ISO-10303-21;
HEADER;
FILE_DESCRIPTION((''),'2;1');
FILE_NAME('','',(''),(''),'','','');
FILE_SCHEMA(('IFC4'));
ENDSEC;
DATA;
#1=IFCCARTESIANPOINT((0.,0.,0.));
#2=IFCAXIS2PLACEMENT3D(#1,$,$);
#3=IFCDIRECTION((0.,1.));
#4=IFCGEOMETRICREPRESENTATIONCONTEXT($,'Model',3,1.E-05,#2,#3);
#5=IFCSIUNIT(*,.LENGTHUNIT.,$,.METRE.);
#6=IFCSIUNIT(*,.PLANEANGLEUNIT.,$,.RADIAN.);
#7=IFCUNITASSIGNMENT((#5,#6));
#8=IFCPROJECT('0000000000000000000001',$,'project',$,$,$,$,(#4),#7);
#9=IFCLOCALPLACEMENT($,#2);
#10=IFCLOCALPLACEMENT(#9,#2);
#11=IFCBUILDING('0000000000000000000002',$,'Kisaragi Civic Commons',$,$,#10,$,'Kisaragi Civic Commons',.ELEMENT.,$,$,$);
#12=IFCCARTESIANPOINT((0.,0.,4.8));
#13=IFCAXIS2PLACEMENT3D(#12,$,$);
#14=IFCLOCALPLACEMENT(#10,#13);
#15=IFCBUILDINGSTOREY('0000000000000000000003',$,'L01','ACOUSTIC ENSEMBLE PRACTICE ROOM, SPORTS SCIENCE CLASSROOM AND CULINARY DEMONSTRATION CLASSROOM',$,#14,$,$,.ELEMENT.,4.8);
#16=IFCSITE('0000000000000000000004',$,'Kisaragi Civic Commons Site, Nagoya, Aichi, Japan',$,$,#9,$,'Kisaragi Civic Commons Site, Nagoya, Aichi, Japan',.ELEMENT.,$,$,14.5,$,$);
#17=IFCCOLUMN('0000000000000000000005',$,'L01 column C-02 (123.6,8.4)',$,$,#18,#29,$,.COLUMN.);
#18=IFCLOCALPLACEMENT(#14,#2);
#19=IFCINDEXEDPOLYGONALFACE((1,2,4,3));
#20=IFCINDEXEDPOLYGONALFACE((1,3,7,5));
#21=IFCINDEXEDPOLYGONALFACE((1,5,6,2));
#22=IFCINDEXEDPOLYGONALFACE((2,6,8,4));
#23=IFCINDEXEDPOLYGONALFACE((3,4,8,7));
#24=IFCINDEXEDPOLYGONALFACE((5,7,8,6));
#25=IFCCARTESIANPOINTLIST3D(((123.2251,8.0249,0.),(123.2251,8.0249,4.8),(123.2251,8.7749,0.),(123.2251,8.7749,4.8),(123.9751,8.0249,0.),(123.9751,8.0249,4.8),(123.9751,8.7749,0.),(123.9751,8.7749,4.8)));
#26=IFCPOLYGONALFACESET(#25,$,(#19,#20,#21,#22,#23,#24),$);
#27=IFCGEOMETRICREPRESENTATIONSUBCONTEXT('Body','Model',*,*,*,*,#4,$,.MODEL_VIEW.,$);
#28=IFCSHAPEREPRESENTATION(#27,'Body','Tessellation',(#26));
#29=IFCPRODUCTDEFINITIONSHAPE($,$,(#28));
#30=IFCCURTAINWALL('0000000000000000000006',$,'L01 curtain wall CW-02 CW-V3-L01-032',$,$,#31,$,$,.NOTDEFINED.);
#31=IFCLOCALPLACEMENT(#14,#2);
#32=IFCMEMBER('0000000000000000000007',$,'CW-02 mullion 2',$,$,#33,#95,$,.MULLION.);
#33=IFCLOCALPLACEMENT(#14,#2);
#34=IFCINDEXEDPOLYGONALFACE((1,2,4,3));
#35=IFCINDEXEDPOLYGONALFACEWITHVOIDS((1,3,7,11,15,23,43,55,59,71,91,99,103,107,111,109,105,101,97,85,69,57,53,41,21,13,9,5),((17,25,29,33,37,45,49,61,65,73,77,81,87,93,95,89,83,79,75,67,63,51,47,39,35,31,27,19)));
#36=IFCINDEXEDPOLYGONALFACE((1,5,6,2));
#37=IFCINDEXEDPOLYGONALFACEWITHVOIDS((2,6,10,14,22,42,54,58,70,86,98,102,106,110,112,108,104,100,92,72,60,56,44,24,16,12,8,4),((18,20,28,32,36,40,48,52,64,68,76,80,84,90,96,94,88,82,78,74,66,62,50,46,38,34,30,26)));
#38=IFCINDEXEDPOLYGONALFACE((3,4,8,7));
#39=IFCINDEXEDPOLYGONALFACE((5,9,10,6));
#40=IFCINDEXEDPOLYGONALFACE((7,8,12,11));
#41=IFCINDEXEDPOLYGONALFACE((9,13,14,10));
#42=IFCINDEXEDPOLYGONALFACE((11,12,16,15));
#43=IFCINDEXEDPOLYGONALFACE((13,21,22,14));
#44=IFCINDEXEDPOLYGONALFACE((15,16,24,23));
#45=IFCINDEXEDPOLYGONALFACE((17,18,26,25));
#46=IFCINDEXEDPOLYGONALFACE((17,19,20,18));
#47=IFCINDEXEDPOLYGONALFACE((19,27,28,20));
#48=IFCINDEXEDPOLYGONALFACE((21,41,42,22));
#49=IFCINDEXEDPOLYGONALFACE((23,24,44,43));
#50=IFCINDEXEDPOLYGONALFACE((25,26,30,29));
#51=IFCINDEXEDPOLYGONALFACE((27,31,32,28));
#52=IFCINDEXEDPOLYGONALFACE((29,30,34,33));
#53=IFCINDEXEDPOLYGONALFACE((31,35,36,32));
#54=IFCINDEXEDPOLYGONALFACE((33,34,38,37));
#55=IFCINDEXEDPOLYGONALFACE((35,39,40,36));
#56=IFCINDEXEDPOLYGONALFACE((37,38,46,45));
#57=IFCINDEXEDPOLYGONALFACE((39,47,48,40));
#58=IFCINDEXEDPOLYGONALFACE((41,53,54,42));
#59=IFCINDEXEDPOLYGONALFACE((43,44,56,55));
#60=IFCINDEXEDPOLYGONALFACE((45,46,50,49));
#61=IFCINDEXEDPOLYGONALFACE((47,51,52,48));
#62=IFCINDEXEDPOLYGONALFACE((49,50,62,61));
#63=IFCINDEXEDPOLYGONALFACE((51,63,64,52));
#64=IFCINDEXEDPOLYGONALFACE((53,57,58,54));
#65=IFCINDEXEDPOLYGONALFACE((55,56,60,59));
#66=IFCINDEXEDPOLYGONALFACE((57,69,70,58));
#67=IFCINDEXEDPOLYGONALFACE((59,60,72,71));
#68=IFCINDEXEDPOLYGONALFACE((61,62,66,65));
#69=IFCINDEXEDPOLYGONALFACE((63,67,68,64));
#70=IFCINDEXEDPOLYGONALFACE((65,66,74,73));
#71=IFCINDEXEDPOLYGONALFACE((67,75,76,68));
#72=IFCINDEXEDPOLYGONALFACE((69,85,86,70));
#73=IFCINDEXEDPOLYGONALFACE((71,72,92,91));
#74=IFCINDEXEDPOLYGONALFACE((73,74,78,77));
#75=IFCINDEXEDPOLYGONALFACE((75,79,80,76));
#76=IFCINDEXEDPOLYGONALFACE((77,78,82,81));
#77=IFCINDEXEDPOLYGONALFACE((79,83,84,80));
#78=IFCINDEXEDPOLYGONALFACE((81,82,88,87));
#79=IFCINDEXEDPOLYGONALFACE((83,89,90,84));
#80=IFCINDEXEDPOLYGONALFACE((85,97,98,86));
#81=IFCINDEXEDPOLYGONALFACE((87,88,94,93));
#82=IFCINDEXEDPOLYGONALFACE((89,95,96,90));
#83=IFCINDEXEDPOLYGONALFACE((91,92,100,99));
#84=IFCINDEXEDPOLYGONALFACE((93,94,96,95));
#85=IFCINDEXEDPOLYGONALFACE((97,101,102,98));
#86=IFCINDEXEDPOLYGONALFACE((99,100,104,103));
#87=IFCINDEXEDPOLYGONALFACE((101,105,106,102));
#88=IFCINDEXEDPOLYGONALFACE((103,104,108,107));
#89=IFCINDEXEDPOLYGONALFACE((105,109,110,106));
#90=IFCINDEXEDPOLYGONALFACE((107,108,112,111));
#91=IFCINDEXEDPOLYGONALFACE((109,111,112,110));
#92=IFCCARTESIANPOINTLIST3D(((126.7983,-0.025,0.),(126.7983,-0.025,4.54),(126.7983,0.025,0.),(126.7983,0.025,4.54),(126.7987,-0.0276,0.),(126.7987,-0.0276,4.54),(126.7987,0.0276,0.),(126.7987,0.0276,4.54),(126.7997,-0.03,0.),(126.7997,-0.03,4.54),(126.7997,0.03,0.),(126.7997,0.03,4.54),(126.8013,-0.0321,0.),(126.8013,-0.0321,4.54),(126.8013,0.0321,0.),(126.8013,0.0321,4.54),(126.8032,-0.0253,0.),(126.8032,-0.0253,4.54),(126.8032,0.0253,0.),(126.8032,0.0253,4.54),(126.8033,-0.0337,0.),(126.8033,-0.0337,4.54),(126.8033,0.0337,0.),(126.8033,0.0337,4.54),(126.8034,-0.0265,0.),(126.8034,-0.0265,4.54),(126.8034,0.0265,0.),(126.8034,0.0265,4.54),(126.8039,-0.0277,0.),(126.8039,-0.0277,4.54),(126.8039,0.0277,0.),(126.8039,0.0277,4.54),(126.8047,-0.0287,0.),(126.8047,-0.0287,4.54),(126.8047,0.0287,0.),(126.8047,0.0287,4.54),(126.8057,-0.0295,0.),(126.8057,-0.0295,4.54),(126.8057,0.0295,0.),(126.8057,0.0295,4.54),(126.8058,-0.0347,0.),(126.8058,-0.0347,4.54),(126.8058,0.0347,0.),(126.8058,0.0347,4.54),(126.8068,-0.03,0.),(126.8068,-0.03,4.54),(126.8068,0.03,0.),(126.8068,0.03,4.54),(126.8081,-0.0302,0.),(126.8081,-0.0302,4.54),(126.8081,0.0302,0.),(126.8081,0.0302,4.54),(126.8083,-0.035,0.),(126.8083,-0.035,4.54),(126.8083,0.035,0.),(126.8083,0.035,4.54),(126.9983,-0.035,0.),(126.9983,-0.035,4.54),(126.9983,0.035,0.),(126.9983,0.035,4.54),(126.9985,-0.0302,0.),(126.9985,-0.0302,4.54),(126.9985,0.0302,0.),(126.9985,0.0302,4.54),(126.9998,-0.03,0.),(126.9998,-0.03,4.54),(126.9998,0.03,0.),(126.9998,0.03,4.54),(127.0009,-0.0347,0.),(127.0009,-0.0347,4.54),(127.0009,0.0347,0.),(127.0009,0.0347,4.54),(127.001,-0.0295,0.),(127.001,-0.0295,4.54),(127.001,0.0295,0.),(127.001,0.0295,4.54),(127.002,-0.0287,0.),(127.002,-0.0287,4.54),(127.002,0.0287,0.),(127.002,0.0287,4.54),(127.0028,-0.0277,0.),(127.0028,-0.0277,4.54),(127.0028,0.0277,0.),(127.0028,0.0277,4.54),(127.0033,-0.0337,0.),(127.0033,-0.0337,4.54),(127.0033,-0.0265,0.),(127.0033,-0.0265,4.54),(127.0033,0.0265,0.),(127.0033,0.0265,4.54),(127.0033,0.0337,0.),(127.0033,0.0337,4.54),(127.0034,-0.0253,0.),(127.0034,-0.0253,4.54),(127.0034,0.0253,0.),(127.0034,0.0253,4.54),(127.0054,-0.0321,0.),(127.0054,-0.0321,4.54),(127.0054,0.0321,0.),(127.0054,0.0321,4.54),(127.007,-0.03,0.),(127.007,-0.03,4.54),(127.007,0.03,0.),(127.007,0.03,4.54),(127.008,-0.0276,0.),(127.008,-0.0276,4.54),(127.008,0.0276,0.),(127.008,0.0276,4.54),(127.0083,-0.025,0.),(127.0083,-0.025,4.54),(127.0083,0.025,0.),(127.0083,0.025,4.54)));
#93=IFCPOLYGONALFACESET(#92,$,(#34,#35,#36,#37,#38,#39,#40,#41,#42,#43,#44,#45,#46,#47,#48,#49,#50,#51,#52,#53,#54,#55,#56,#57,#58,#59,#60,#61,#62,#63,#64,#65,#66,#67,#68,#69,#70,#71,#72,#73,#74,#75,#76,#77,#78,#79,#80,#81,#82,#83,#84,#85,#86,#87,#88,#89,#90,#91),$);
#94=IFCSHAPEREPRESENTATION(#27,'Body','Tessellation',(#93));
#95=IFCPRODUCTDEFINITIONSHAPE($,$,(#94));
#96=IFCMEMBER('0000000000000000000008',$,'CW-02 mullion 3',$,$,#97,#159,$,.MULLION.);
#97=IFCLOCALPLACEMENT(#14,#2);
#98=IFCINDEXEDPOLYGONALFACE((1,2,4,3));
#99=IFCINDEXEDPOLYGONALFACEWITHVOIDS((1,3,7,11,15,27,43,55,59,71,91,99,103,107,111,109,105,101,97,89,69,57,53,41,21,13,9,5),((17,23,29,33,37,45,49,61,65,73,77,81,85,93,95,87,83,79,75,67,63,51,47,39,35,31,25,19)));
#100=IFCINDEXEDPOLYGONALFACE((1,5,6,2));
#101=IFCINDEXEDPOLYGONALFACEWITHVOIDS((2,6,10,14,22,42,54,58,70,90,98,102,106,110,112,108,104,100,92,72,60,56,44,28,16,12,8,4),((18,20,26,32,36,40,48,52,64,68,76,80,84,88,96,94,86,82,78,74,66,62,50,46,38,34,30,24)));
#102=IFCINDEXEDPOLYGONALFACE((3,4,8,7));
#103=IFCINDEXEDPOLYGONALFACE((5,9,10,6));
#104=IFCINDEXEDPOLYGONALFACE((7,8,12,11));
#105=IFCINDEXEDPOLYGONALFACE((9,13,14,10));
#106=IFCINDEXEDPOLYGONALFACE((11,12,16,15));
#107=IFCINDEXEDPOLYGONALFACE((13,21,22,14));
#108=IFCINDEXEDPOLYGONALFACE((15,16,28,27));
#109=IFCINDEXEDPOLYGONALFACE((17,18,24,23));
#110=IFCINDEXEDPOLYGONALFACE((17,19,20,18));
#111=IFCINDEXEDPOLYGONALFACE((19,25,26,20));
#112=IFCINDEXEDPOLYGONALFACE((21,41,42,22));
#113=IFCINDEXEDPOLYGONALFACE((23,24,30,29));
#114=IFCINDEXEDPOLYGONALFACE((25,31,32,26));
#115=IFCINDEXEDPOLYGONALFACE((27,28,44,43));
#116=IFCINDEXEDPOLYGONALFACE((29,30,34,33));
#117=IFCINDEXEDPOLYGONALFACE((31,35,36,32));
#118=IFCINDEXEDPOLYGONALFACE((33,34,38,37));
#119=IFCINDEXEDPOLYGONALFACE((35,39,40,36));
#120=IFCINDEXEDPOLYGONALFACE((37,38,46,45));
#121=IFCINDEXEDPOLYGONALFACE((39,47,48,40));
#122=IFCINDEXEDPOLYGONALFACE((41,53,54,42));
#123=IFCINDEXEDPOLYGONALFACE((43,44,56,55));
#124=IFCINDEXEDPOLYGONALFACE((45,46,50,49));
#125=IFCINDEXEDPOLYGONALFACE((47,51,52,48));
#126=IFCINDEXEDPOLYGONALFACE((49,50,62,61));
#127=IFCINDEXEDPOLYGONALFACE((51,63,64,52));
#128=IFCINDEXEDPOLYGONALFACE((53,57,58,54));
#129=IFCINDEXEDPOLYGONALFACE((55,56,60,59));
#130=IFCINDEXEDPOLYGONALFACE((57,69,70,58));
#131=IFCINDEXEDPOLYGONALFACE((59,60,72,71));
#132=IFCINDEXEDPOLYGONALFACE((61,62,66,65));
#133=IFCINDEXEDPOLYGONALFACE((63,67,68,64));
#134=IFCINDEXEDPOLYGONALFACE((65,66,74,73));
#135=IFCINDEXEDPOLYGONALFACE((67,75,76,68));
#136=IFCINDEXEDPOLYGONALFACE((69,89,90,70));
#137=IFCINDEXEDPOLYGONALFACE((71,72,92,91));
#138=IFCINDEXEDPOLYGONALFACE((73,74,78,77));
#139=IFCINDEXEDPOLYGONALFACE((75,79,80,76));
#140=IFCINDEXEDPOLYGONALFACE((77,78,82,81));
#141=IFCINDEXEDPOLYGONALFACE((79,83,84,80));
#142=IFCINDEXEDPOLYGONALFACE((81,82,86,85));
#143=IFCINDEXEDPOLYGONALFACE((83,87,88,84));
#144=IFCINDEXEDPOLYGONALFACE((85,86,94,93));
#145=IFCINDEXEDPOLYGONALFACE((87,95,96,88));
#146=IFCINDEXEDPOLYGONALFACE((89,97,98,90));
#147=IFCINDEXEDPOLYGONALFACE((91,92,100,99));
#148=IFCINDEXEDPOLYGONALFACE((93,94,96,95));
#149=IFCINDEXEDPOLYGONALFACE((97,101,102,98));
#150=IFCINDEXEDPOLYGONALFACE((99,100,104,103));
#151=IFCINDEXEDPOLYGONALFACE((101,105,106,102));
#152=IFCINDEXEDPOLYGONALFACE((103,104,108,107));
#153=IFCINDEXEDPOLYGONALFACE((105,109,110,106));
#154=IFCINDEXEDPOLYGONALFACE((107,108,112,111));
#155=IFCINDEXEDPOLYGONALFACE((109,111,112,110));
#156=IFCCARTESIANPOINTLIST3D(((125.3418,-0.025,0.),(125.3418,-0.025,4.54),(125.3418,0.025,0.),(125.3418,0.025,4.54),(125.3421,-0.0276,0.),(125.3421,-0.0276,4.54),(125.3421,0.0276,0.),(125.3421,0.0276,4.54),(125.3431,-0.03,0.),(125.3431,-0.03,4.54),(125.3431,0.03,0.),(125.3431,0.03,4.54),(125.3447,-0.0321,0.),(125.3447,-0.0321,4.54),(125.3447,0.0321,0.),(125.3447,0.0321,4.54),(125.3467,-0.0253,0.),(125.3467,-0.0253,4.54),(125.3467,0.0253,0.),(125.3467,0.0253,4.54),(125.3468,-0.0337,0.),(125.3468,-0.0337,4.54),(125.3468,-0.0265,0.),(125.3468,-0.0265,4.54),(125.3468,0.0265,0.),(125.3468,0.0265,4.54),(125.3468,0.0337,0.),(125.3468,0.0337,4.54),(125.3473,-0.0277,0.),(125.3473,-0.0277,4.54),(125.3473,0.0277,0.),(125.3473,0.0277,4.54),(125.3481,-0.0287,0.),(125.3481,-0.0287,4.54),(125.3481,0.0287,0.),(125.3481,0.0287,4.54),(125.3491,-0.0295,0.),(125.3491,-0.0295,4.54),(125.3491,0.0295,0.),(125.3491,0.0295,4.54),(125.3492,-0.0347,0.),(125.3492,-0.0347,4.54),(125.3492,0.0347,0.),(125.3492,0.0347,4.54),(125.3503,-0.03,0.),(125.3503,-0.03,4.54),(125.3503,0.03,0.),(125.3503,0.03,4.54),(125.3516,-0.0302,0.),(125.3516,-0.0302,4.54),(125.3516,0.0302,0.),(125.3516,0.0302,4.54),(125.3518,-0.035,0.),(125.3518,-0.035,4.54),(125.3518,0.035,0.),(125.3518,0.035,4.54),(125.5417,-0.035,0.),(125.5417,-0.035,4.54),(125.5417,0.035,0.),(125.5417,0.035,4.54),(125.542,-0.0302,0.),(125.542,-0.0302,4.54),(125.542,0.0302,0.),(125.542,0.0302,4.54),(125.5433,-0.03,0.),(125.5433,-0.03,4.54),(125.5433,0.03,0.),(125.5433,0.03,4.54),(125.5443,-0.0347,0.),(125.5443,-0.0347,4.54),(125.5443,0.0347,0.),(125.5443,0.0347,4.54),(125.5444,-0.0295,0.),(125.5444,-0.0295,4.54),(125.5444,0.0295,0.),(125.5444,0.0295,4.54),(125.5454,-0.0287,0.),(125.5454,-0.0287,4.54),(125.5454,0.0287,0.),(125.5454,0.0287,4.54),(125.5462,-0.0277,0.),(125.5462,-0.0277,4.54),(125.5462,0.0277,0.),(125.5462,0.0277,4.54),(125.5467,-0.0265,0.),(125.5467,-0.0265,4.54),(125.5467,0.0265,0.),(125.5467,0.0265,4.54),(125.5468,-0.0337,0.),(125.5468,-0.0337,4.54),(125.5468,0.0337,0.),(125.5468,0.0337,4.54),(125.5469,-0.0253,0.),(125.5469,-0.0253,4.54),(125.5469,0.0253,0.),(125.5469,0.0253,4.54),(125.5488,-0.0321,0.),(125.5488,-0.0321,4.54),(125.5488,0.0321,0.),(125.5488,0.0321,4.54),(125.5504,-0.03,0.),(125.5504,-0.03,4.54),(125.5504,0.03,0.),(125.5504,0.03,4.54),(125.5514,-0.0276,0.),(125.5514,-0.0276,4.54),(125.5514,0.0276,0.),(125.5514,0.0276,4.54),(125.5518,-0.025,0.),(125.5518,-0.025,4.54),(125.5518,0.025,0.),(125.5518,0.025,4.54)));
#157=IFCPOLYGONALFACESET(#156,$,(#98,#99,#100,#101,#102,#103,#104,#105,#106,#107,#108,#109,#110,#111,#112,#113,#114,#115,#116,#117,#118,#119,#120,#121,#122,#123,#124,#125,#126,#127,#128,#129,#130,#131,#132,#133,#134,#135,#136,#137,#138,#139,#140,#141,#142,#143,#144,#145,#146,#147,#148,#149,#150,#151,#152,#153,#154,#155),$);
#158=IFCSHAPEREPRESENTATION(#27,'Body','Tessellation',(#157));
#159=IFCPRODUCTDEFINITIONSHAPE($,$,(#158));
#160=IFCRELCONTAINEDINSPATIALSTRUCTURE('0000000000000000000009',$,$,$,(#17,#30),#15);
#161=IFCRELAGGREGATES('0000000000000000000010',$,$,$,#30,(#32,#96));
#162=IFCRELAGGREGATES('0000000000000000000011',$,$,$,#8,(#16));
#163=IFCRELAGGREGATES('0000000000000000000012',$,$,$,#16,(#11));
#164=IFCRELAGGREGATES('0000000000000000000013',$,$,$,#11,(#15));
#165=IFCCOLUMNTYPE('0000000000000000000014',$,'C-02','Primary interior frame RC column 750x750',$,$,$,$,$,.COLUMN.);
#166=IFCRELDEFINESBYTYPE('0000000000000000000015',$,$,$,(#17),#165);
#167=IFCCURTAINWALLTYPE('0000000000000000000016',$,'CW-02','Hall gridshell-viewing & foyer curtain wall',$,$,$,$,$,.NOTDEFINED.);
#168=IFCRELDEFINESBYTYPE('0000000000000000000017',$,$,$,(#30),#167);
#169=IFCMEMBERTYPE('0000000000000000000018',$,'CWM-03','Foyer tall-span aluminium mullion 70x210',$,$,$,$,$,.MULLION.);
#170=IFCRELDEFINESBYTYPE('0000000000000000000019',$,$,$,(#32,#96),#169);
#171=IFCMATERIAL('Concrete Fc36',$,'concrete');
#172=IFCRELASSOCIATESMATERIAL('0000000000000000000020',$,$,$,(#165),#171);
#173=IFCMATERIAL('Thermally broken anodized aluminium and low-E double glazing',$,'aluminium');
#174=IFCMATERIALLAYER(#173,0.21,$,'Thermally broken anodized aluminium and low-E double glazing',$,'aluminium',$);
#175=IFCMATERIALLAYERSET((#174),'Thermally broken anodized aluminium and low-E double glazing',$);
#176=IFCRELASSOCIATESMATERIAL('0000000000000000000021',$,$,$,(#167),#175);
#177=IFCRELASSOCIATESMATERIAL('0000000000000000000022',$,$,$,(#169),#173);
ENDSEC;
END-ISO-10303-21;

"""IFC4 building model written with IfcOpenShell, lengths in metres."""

from ifc_helpers import new_model, si_unit, direction, frame, origin, origin_2d, place, context, subcontext, project, spatial, rectangle, hollow_rectangle, extrude, material, layer, layer_set, material_profile, profile_set, type_object, element, aggregate, save


model = new_model("IFC4")

# Units and contexts
model_context = context("Model", 3, precision=1e-05, world=origin(), true_north=direction((0.0, 1.0)))
body_context = subcontext(model_context, "Body", "Model", "MODEL_VIEW")
ifc_project = project(units=[si_unit("LENGTHUNIT", "METRE"), si_unit("PLANEANGLEUNIT", "RADIAN")], contexts=[model_context])

# Site, building, storey
site_placement = place(None, origin())
site = spatial("IfcSite", under=ifc_project, at=site_placement, Name="Kisaragi Civic Commons Site, Nagoya, Aichi, Japan", LongName="Kisaragi Civic Commons Site, Nagoya, Aichi, Japan", CompositionType="ELEMENT", RefElevation=14.5)
building_placement = place(site_placement, origin())
building = spatial("IfcBuilding", under=site, at=building_placement, Name="Kisaragi Civic Commons", LongName="Kisaragi Civic Commons", CompositionType="ELEMENT")
storey_placement = place(building_placement, frame((0.0, 0.0, 4.8)))
storey = spatial("IfcBuildingStorey", under=building, at=storey_placement, Name="L01", Description="ACOUSTIC ENSEMBLE PRACTICE ROOM, SPORTS SCIENCE CLASSROOM AND CULINARY DEMONSTRATION CLASSROOM", CompositionType="ELEMENT", Elevation=4.8)

# Column
ifc_material_1 = material(Name="Concrete Fc36", Category="concrete")
ifc_material_profile_1 = material_profile(ifc_material_1, rectangle(XDim=0.75, YDim=0.75, at=origin_2d()), Name="RC-750x750", Category="concrete")
ifc_profile_set_1 = profile_set([ifc_material_profile_1], Name="Concrete Fc36")
column_type = type_object("IfcColumnType", Name="C-02", Description="Primary interior frame RC column 750x750", PredefinedType="COLUMN", material=ifc_profile_set_1)
column_placement = place(storey_placement, frame((123.6001, 8.3999, 0.0), z_axis=(0.0, 0.0, 1.0), x_axis=(1.0, 0.0, 0.0)))
element("IfcColumn", 1, at=column_placement, inside=storey, type_object=column_type, Name="L01 column C-02 (123.6,8.4)", PredefinedType="COLUMN", context=body_context, shape_type="SweptSolid", body=[
    extrude(rectangle(XDim=0.75, YDim=0.75, at=origin_2d()), origin(), (0.0, 0.0, 1.0), 4.8),
])

# Curtain wall, members
ifc_material_2 = material(Name="Thermally broken anodized aluminium and low-E double glazing", Category="aluminium")
ifc_layer_1 = layer(ifc_material_2, 0.21, Name="Thermally broken anodized aluminium and low-E double glazing", Category="aluminium")
ifc_layer_set_1 = layer_set([ifc_layer_1], Name="Thermally broken anodized aluminium and low-E double glazing")
curtain_wall_type = type_object("IfcCurtainWallType", Name="CW-02", Description="Hall gridshell-viewing & foyer curtain wall", PredefinedType="NOTDEFINED", material=ifc_layer_set_1)
curtain_wall_placement = place(storey_placement, origin())
curtain_wall = element("IfcCurtainWall", 2, at=curtain_wall_placement, inside=storey, type_object=curtain_wall_type, Name="L01 curtain wall CW-02 CW-V3-L01-032", PredefinedType="NOTDEFINED")
ifc_material_profile_2 = material_profile(ifc_material_2, hollow_rectangle(XDim=0.0701, YDim=0.21, WallThickness=0.0049, InnerFilletRadius=0.0049, OuterFilletRadius=0.01, at=origin_2d()), Name="CWM-70x210x5", Category="aluminium")
ifc_profile_set_2 = profile_set([ifc_material_profile_2], Name="Thermally broken anodized aluminium and low-E double glazing")
member_type_1 = type_object("IfcMemberType", Name="CWM-03", Description="Foyer tall-span aluminium mullion 70x210", PredefinedType="MULLION", material=ifc_profile_set_2)
member_1_placement = place(storey_placement, frame((126.9033, 0.0, 0.0), z_axis=(0.0, 0.0, 1.0), x_axis=(0.0, -1.0, 0.0)))
member_1 = element("IfcMember", 3, at=member_1_placement, type_object=member_type_1, Name="CW-02 mullion 2", PredefinedType="MULLION", context=body_context, shape_type="SweptSolid", body=[
    extrude(hollow_rectangle(XDim=0.0701, YDim=0.21, WallThickness=0.0049, InnerFilletRadius=0.0049, OuterFilletRadius=0.01, at=origin_2d()), origin(), (0.0, 0.0, 1.0), 4.54),
])
member_2_placement = place(storey_placement, frame((125.4468, 0.0, 0.0), z_axis=(0.0, 0.0, 1.0), x_axis=(0.0, -1.0, 0.0)))
member_2 = element("IfcMember", 4, at=member_2_placement, type_object=member_type_1, Name="CW-02 mullion 3", PredefinedType="MULLION", context=body_context, shape_type="SweptSolid", body=[
    extrude(hollow_rectangle(XDim=0.0701, YDim=0.21, WallThickness=0.0049, InnerFilletRadius=0.0049, OuterFilletRadius=0.01, at=origin_2d()), origin(), (0.0, 0.0, 1.0), 4.54),
])

aggregate(curtain_wall, [member_1, member_2])

save(model, "model.ifc")
